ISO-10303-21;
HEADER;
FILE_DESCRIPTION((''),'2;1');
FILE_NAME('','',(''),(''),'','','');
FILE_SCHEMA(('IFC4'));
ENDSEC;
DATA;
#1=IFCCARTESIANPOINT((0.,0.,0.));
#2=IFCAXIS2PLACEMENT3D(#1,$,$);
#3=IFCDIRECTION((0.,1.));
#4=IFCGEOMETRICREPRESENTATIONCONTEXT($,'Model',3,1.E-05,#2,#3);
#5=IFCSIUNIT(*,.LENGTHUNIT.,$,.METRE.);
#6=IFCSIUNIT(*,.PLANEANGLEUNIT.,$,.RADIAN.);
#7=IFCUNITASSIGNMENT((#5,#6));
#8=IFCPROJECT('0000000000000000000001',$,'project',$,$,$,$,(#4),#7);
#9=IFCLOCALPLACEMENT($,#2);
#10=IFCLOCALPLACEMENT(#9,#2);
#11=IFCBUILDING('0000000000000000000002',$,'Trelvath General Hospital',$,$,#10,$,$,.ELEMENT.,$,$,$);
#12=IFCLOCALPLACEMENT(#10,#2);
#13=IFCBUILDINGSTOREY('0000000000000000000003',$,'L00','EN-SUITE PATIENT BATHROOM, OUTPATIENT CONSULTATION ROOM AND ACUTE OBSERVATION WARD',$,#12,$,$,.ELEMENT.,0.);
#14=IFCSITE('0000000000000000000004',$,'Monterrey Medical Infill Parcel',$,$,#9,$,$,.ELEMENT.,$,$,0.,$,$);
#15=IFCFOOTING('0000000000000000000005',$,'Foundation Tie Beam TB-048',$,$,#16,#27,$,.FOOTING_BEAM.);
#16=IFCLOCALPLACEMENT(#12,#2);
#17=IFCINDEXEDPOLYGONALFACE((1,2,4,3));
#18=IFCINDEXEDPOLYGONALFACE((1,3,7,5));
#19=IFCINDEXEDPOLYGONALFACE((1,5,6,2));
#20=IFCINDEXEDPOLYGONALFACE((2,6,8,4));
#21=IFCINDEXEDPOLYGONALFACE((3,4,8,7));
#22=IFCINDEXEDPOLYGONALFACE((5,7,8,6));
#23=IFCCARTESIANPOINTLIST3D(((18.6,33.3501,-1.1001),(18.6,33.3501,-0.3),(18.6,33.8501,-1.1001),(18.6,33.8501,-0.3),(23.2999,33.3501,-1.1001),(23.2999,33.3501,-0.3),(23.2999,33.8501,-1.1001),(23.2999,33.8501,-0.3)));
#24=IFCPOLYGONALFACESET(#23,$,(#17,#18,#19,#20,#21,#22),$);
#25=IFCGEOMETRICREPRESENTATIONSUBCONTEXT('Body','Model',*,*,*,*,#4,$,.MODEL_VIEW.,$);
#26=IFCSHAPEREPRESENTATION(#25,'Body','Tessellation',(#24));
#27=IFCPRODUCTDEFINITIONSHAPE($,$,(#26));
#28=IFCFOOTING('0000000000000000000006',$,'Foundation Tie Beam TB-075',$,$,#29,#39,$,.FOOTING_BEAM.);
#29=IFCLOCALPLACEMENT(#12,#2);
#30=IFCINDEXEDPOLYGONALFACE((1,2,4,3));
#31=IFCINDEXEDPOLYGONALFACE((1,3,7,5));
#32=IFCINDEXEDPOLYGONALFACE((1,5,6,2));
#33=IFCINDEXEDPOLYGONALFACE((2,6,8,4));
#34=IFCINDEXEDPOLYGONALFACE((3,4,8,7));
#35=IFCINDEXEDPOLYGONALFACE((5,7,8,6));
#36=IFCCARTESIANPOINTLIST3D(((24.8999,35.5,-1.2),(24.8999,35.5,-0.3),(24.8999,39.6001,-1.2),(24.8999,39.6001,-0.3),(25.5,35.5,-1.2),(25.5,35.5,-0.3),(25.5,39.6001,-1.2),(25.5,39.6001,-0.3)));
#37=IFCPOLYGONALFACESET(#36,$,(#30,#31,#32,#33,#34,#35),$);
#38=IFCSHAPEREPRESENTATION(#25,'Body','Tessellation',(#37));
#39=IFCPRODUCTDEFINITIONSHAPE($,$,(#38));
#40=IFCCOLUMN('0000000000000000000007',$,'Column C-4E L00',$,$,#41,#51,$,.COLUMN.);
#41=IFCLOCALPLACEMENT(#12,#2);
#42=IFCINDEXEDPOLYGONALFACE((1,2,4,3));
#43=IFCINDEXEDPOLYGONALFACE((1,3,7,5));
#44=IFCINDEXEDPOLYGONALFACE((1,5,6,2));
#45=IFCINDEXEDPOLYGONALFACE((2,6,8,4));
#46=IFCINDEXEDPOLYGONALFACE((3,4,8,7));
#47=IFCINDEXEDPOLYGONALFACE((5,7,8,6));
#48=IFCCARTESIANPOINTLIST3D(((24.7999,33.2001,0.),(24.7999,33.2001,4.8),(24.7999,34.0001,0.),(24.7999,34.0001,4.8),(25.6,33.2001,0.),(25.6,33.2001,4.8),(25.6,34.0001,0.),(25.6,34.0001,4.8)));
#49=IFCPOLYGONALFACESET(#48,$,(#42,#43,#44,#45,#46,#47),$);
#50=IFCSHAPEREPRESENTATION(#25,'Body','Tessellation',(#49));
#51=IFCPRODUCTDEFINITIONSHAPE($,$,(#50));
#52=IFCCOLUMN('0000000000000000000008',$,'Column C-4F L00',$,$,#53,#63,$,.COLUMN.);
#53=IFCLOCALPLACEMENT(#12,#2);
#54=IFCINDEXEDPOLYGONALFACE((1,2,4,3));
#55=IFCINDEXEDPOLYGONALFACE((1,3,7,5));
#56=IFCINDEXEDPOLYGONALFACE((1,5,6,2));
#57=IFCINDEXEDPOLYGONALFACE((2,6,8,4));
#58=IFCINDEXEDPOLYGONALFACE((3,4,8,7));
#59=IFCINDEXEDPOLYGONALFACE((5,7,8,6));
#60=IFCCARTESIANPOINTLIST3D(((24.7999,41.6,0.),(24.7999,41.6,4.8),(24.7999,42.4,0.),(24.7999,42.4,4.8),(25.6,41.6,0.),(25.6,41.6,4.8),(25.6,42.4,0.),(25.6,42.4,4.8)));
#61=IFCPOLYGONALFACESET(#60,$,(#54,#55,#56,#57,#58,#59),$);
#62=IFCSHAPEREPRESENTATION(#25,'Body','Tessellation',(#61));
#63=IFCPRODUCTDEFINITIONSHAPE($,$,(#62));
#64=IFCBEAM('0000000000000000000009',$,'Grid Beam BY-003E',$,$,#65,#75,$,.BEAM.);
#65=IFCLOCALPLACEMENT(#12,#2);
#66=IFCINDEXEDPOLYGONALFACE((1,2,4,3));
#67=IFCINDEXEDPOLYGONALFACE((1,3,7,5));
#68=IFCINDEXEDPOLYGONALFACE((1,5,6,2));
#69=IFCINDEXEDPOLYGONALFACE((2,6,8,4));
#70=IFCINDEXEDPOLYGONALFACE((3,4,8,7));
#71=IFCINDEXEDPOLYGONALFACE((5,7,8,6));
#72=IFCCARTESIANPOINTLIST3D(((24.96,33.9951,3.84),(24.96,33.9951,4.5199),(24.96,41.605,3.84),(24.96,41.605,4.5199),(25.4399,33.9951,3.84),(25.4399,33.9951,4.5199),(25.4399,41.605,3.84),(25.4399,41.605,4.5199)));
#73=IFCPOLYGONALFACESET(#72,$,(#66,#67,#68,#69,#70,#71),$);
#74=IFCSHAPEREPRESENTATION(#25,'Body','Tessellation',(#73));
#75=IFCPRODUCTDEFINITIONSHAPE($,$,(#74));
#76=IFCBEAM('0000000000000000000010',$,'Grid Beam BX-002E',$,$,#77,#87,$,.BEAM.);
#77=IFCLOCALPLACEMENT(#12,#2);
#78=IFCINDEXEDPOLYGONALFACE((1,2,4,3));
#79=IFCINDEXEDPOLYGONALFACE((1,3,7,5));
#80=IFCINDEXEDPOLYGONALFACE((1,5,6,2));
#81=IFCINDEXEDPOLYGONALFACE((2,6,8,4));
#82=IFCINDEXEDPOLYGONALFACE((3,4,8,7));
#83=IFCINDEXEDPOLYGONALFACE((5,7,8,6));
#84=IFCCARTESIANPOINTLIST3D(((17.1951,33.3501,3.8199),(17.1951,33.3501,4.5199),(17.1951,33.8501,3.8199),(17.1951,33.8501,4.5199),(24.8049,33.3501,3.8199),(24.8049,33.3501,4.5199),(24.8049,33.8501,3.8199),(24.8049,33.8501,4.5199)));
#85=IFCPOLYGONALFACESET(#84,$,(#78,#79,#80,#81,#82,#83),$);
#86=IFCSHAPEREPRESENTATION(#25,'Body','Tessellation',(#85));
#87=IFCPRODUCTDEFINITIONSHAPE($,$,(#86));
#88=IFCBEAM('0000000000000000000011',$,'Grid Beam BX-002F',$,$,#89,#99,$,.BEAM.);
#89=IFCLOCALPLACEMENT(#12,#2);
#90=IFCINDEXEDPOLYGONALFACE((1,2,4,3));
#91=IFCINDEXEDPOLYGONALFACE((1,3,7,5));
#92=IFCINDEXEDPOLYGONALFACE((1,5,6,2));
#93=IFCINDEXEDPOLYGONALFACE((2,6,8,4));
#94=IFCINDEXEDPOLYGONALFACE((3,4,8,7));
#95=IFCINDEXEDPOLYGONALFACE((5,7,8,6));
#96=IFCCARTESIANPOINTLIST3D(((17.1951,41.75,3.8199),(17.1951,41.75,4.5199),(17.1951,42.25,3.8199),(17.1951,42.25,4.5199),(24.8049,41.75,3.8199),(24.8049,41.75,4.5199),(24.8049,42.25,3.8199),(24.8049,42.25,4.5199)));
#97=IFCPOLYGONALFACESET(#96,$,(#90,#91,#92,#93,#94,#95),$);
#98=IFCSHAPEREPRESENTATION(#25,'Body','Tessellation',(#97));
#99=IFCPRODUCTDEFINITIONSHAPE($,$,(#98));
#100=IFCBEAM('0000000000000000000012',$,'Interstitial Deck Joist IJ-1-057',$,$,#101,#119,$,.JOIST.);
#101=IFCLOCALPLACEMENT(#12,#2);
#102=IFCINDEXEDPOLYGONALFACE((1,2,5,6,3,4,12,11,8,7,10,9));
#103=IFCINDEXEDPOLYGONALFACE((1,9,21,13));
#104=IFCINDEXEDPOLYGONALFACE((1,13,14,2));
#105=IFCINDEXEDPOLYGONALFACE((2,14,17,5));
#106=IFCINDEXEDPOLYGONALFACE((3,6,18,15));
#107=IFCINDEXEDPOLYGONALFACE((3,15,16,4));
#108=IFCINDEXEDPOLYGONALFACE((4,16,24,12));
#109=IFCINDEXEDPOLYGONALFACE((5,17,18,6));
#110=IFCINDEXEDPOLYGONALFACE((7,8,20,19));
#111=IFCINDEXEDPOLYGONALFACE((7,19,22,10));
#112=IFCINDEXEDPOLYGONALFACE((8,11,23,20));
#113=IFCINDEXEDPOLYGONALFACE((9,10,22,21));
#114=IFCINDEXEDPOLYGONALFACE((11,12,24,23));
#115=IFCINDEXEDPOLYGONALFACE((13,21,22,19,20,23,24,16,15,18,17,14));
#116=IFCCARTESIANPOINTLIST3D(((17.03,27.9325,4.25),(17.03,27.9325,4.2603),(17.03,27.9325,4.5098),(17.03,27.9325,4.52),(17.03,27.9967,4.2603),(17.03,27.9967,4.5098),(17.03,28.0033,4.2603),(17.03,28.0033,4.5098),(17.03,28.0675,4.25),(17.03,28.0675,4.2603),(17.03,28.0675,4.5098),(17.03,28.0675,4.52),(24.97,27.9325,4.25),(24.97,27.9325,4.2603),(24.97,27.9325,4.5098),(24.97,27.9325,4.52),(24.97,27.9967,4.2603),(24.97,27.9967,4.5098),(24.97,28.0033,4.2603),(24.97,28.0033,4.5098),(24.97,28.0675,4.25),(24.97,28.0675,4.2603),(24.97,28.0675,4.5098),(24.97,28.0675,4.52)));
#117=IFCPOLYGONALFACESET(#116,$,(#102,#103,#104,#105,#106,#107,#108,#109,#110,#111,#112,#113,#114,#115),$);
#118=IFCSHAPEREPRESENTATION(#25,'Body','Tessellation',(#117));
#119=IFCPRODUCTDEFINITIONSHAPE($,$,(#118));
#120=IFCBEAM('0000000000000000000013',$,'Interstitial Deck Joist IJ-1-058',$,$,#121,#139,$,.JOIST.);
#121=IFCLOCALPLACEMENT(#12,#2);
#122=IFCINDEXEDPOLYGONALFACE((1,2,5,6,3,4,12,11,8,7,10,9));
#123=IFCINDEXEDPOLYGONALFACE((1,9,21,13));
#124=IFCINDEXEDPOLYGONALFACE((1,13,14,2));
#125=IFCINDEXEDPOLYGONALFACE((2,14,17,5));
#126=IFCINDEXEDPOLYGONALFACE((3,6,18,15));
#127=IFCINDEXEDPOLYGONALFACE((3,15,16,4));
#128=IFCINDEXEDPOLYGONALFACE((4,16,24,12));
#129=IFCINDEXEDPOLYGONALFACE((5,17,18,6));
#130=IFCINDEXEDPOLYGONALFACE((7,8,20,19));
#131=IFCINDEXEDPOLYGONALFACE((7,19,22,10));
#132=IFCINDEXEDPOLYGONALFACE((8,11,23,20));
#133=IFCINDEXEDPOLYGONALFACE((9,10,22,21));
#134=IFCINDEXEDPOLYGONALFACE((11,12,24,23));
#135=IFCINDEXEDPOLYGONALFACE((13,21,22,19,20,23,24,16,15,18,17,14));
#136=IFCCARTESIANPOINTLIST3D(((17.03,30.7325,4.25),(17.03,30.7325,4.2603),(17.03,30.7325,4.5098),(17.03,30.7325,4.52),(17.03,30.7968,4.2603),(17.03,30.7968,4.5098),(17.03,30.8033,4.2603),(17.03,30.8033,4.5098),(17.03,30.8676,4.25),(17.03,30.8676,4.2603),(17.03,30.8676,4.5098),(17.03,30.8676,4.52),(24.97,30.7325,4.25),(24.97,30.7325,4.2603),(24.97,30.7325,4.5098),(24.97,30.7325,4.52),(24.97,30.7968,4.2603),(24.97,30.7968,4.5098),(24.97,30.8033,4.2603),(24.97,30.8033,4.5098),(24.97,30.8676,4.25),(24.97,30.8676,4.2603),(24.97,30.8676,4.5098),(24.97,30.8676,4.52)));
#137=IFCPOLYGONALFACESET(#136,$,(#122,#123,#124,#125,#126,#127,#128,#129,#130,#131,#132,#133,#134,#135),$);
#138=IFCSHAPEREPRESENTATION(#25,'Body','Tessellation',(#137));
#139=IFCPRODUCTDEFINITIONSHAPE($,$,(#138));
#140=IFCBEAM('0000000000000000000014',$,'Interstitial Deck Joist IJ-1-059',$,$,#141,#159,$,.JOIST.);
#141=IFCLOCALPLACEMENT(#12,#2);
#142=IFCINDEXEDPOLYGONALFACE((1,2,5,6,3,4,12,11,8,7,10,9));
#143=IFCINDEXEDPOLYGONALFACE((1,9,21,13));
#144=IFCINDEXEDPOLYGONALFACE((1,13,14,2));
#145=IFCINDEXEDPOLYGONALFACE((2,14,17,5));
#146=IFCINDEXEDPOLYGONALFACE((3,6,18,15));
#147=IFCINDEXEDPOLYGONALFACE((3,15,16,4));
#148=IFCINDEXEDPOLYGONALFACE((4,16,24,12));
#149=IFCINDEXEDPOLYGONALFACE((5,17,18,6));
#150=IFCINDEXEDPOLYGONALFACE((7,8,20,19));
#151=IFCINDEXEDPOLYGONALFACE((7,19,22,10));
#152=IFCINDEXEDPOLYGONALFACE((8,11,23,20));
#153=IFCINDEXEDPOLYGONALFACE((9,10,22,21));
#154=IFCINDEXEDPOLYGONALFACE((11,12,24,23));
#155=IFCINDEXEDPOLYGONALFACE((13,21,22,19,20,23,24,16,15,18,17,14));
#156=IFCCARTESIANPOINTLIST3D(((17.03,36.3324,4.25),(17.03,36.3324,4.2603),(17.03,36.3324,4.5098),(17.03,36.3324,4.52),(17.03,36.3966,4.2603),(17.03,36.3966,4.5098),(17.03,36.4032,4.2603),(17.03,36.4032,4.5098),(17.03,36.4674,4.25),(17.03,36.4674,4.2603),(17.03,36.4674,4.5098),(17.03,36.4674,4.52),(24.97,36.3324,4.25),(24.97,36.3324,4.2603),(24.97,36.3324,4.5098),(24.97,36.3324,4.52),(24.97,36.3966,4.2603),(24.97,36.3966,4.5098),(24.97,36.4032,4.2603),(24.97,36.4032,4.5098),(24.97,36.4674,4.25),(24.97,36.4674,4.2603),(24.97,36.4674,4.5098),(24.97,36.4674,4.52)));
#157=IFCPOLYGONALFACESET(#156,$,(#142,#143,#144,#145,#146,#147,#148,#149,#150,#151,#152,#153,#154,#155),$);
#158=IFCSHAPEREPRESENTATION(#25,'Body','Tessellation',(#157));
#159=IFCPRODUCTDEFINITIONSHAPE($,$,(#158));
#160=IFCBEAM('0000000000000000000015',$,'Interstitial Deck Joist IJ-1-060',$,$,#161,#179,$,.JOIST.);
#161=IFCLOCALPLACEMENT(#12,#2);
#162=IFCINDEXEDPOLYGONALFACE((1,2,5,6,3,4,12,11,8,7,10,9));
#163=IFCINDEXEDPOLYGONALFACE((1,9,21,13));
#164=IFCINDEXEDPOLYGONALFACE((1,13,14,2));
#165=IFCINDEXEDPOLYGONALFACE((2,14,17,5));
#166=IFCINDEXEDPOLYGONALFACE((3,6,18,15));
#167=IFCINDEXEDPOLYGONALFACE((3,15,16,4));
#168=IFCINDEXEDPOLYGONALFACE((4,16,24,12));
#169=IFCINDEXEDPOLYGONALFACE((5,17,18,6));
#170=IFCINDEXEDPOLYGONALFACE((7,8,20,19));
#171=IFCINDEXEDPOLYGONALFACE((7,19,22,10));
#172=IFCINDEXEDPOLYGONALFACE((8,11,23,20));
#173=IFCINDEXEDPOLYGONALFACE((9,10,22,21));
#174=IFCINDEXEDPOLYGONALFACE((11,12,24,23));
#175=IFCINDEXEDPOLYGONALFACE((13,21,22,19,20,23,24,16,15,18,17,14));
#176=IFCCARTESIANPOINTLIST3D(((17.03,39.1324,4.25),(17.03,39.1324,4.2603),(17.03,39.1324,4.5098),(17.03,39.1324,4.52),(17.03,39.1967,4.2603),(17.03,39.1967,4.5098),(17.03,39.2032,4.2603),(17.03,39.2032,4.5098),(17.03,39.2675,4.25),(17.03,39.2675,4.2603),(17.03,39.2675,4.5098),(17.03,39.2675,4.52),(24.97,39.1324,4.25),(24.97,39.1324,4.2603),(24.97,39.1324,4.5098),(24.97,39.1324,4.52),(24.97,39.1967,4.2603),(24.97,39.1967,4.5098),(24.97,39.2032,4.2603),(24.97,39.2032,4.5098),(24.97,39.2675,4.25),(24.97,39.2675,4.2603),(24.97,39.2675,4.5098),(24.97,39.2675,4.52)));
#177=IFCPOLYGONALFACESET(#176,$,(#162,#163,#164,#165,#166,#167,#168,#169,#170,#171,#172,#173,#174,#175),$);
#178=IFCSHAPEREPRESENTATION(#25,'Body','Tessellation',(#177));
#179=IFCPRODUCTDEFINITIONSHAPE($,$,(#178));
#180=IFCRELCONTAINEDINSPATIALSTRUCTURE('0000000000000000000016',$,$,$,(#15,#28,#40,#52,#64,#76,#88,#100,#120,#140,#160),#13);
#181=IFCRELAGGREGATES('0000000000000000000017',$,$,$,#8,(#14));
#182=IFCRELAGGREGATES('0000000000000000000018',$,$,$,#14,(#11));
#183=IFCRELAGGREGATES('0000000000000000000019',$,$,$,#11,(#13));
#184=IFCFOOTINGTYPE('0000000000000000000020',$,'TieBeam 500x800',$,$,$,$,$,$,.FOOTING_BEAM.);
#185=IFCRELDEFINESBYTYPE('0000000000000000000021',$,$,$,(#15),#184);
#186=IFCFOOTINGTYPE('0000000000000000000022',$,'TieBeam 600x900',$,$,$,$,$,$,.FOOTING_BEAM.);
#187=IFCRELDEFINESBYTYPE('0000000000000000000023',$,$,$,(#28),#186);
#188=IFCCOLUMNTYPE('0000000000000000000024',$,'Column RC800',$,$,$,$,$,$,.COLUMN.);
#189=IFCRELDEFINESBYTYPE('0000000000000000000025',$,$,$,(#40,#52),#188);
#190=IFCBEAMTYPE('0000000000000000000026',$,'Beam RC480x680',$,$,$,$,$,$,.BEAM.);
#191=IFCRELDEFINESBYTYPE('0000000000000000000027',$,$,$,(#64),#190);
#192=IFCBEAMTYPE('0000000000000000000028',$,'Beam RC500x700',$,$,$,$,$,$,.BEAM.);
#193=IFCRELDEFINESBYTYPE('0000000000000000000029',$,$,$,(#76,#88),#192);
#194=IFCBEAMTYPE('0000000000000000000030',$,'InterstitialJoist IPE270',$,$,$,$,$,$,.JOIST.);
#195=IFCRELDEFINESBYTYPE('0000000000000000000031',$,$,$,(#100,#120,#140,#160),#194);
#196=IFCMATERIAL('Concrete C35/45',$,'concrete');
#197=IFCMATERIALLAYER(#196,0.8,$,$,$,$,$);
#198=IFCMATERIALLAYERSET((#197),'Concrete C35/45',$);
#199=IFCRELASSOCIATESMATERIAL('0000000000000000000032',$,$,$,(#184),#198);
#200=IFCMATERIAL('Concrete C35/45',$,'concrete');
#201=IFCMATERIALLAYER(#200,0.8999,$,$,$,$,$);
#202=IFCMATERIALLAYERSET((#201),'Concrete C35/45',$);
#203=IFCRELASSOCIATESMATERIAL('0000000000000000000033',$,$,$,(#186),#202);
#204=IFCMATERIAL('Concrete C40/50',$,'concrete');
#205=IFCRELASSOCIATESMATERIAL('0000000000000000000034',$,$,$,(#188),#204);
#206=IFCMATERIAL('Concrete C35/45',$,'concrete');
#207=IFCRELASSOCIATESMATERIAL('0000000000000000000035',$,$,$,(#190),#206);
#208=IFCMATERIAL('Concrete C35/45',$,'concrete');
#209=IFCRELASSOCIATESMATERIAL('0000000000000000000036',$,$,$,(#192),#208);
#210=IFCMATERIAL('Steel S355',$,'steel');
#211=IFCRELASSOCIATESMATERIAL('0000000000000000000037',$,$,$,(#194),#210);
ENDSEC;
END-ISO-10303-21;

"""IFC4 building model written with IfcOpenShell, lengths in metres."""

from ifc_helpers import new_model, si_unit, direction, frame, origin, origin_2d, place, context, subcontext, project, spatial, rectangle, i_section, extrude, material, layer, layer_set, material_profile, profile_set, type_object, element, save


model = new_model("IFC4")

# Units and contexts
model_context = context("Model", 3, precision=1e-05, world=origin(), true_north=direction((0.0, 1.0)))
body_context = subcontext(model_context, "Body", "Model", "MODEL_VIEW")
ifc_project = project(units=[si_unit("LENGTHUNIT", "METRE"), si_unit("PLANEANGLEUNIT", "RADIAN")], contexts=[model_context])

# Site, building, storey
site_placement = place(None, origin())
site = spatial("IfcSite", under=ifc_project, at=site_placement, Name="Monterrey Medical Infill Parcel", CompositionType="ELEMENT", RefElevation=0.0)
building_placement = place(site_placement, origin())
building = spatial("IfcBuilding", under=site, at=building_placement, Name="Trelvath General Hospital", CompositionType="ELEMENT")
storey_placement = place(building_placement, origin())
storey = spatial("IfcBuildingStorey", under=building, at=storey_placement, Name="L00", Description="EN-SUITE PATIENT BATHROOM, OUTPATIENT CONSULTATION ROOM AND ACUTE OBSERVATION WARD", CompositionType="ELEMENT", Elevation=0.0)

# Footings
ifc_material_1 = material(Name="Concrete C35/45", Category="concrete")
ifc_layer_1 = layer(ifc_material_1, 0.8)
ifc_layer_set_1 = layer_set([ifc_layer_1], Name="Concrete C35/45")
footing_type_1 = type_object("IfcFootingType", Name="TieBeam 500x800", PredefinedType="FOOTING_BEAM", material=ifc_layer_set_1)
footing_1_placement = place(storey_placement, frame((20.95, 33.6001, -1.1001), z_axis=(0.0, 0.0, 1.0), x_axis=(1.0, 0.0, 0.0)))
element("IfcFooting", 1, at=footing_1_placement, inside=storey, type_object=footing_type_1, Name="Foundation Tie Beam TB-048", PredefinedType="FOOTING_BEAM", context=body_context, shape_type="SweptSolid", body=[
    extrude(rectangle(XDim=4.7, YDim=0.5, at=origin_2d()), origin(), (0.0, 0.0, 1.0), 0.8),
])
ifc_material_2 = material(Name="Concrete C35/45", Category="concrete")
ifc_layer_2 = layer(ifc_material_2, 0.8999)
ifc_layer_set_2 = layer_set([ifc_layer_2], Name="Concrete C35/45")
footing_type_2 = type_object("IfcFootingType", Name="TieBeam 600x900", PredefinedType="FOOTING_BEAM", material=ifc_layer_set_2)
footing_2_placement = place(storey_placement, frame((25.2, 37.55, -1.2), z_axis=(0.0, 0.0, 1.0), x_axis=(1.0, 0.0, 0.0)))
element("IfcFooting", 2, at=footing_2_placement, inside=storey, type_object=footing_type_2, Name="Foundation Tie Beam TB-075", PredefinedType="FOOTING_BEAM", context=body_context, shape_type="SweptSolid", body=[
    extrude(rectangle(XDim=0.6001, YDim=4.1001, at=origin_2d()), origin(), (0.0, 0.0, 1.0), 0.8999),
])

# Columns
ifc_material_3 = material(Name="Concrete C40/50", Category="concrete")
ifc_material_profile_1 = material_profile(ifc_material_3, rectangle(XDim=0.8, YDim=0.8, at=origin_2d()), Name="RC800x800")
ifc_profile_set_1 = profile_set([ifc_material_profile_1], Name="Concrete C40/50")
column_type = type_object("IfcColumnType", Name="Column RC800", PredefinedType="COLUMN", material=ifc_profile_set_1)
for number, where, z_axis, x_axis, name in (
    (3, (25.2, 33.6001, 0.0), (0.0, 0.0, 1.0), (1.0, 0.0, 0.0), "Column C-4E L00"),
    (4, (25.2, 42.0, 0.0), (0.0, 0.0, 1.0), (1.0, 0.0, 0.0), "Column C-4F L00"),
):
    element("IfcColumn", number, at=place(storey_placement, frame(where, z_axis=z_axis, x_axis=x_axis)), inside=storey, type_object=column_type, Name=name, PredefinedType="COLUMN", context=body_context, shape_type="SweptSolid", body=[
        extrude(rectangle(XDim=0.8, YDim=0.8, at=origin_2d()), origin(), (0.0, 0.0, 1.0), 4.8),
    ])

# Beams
ifc_material_4 = material(Name="Concrete C35/45", Category="concrete")
ifc_material_profile_2 = material_profile(ifc_material_4, rectangle(XDim=0.48, YDim=0.6799, at=origin_2d()), Name="RCB480x680")
ifc_profile_set_2 = profile_set([ifc_material_profile_2], Name="Concrete C35/45")
beam_type_1 = type_object("IfcBeamType", Name="Beam RC480x680", PredefinedType="BEAM", material=ifc_profile_set_2)
beam_placement = place(storey_placement, frame((25.2, 33.9951, 4.1799), z_axis=(0.0, 1.0, 0.0), x_axis=(-1.0, 0.0, 0.0)))
element("IfcBeam", 5, at=beam_placement, inside=storey, type_object=beam_type_1, Name="Grid Beam BY-003E", PredefinedType="BEAM", context=body_context, shape_type="SweptSolid", body=[
    extrude(rectangle(XDim=0.48, YDim=0.6799, at=origin_2d()), origin(), (0.0, 0.0, 1.0), 7.6099),
])
ifc_material_5 = material(Name="Concrete C35/45", Category="concrete")
ifc_material_profile_3 = material_profile(ifc_material_5, rectangle(XDim=0.5, YDim=0.7, at=origin_2d()), Name="RCB500x700")
ifc_profile_set_3 = profile_set([ifc_material_profile_3], Name="Concrete C35/45")
beam_type_2 = type_object("IfcBeamType", Name="Beam RC500x700", PredefinedType="BEAM", material=ifc_profile_set_3)
for number, where, z_axis, x_axis, name in (
    (6, (17.1951, 33.6001, 4.1699), (1.0, 0.0, 0.0), (0.0, 1.0, 0.0), "Grid Beam BX-002E"),
    (7, (17.1951, 42.0, 4.1699), (1.0, 0.0, 0.0), (0.0, 1.0, 0.0), "Grid Beam BX-002F"),
):
    element("IfcBeam", number, at=place(storey_placement, frame(where, z_axis=z_axis, x_axis=x_axis)), inside=storey, type_object=beam_type_2, Name=name, PredefinedType="BEAM", context=body_context, shape_type="SweptSolid", body=[
        extrude(rectangle(XDim=0.5, YDim=0.7, at=origin_2d()), origin(), (0.0, 0.0, 1.0), 7.6099),
    ])
ifc_material_6 = material(Name="Steel S355", Category="steel")
ifc_material_profile_4 = material_profile(ifc_material_6, i_section(OverallWidth=0.135, OverallDepth=0.27, WebThickness=0.0066, FlangeThickness=0.0103, at=origin_2d()), Name="IPE270")
ifc_profile_set_4 = profile_set([ifc_material_profile_4], Name="Steel S355")
beam_type_3 = type_object("IfcBeamType", Name="InterstitialJoist IPE270", PredefinedType="JOIST", material=ifc_profile_set_4)
for number, where, z_axis, x_axis, name in (
    (8, (17.03, 28.0, 4.385), (1.0, 0.0, 0.0), (0.0, 1.0, 0.0), "Interstitial Deck Joist IJ-1-057"),
    (9, (17.03, 30.8, 4.385), (1.0, 0.0, 0.0), (0.0, 1.0, 0.0), "Interstitial Deck Joist IJ-1-058"),
    (10, (17.03, 36.3999, 4.385), (1.0, 0.0, 0.0), (0.0, 1.0, 0.0), "Interstitial Deck Joist IJ-1-059"),
    (11, (17.03, 39.2, 4.385), (1.0, 0.0, 0.0), (0.0, 1.0, 0.0), "Interstitial Deck Joist IJ-1-060"),
):
    element("IfcBeam", number, at=place(storey_placement, frame(where, z_axis=z_axis, x_axis=x_axis)), inside=storey, type_object=beam_type_3, Name=name, PredefinedType="JOIST", context=body_context, shape_type="SweptSolid", body=[
        extrude(i_section(OverallWidth=0.135, OverallDepth=0.27, WebThickness=0.0066, FlangeThickness=0.0103, at=origin_2d()), origin(), (0.0, 0.0, 1.0), 7.9399),
    ])

save(model, "model.ifc")
